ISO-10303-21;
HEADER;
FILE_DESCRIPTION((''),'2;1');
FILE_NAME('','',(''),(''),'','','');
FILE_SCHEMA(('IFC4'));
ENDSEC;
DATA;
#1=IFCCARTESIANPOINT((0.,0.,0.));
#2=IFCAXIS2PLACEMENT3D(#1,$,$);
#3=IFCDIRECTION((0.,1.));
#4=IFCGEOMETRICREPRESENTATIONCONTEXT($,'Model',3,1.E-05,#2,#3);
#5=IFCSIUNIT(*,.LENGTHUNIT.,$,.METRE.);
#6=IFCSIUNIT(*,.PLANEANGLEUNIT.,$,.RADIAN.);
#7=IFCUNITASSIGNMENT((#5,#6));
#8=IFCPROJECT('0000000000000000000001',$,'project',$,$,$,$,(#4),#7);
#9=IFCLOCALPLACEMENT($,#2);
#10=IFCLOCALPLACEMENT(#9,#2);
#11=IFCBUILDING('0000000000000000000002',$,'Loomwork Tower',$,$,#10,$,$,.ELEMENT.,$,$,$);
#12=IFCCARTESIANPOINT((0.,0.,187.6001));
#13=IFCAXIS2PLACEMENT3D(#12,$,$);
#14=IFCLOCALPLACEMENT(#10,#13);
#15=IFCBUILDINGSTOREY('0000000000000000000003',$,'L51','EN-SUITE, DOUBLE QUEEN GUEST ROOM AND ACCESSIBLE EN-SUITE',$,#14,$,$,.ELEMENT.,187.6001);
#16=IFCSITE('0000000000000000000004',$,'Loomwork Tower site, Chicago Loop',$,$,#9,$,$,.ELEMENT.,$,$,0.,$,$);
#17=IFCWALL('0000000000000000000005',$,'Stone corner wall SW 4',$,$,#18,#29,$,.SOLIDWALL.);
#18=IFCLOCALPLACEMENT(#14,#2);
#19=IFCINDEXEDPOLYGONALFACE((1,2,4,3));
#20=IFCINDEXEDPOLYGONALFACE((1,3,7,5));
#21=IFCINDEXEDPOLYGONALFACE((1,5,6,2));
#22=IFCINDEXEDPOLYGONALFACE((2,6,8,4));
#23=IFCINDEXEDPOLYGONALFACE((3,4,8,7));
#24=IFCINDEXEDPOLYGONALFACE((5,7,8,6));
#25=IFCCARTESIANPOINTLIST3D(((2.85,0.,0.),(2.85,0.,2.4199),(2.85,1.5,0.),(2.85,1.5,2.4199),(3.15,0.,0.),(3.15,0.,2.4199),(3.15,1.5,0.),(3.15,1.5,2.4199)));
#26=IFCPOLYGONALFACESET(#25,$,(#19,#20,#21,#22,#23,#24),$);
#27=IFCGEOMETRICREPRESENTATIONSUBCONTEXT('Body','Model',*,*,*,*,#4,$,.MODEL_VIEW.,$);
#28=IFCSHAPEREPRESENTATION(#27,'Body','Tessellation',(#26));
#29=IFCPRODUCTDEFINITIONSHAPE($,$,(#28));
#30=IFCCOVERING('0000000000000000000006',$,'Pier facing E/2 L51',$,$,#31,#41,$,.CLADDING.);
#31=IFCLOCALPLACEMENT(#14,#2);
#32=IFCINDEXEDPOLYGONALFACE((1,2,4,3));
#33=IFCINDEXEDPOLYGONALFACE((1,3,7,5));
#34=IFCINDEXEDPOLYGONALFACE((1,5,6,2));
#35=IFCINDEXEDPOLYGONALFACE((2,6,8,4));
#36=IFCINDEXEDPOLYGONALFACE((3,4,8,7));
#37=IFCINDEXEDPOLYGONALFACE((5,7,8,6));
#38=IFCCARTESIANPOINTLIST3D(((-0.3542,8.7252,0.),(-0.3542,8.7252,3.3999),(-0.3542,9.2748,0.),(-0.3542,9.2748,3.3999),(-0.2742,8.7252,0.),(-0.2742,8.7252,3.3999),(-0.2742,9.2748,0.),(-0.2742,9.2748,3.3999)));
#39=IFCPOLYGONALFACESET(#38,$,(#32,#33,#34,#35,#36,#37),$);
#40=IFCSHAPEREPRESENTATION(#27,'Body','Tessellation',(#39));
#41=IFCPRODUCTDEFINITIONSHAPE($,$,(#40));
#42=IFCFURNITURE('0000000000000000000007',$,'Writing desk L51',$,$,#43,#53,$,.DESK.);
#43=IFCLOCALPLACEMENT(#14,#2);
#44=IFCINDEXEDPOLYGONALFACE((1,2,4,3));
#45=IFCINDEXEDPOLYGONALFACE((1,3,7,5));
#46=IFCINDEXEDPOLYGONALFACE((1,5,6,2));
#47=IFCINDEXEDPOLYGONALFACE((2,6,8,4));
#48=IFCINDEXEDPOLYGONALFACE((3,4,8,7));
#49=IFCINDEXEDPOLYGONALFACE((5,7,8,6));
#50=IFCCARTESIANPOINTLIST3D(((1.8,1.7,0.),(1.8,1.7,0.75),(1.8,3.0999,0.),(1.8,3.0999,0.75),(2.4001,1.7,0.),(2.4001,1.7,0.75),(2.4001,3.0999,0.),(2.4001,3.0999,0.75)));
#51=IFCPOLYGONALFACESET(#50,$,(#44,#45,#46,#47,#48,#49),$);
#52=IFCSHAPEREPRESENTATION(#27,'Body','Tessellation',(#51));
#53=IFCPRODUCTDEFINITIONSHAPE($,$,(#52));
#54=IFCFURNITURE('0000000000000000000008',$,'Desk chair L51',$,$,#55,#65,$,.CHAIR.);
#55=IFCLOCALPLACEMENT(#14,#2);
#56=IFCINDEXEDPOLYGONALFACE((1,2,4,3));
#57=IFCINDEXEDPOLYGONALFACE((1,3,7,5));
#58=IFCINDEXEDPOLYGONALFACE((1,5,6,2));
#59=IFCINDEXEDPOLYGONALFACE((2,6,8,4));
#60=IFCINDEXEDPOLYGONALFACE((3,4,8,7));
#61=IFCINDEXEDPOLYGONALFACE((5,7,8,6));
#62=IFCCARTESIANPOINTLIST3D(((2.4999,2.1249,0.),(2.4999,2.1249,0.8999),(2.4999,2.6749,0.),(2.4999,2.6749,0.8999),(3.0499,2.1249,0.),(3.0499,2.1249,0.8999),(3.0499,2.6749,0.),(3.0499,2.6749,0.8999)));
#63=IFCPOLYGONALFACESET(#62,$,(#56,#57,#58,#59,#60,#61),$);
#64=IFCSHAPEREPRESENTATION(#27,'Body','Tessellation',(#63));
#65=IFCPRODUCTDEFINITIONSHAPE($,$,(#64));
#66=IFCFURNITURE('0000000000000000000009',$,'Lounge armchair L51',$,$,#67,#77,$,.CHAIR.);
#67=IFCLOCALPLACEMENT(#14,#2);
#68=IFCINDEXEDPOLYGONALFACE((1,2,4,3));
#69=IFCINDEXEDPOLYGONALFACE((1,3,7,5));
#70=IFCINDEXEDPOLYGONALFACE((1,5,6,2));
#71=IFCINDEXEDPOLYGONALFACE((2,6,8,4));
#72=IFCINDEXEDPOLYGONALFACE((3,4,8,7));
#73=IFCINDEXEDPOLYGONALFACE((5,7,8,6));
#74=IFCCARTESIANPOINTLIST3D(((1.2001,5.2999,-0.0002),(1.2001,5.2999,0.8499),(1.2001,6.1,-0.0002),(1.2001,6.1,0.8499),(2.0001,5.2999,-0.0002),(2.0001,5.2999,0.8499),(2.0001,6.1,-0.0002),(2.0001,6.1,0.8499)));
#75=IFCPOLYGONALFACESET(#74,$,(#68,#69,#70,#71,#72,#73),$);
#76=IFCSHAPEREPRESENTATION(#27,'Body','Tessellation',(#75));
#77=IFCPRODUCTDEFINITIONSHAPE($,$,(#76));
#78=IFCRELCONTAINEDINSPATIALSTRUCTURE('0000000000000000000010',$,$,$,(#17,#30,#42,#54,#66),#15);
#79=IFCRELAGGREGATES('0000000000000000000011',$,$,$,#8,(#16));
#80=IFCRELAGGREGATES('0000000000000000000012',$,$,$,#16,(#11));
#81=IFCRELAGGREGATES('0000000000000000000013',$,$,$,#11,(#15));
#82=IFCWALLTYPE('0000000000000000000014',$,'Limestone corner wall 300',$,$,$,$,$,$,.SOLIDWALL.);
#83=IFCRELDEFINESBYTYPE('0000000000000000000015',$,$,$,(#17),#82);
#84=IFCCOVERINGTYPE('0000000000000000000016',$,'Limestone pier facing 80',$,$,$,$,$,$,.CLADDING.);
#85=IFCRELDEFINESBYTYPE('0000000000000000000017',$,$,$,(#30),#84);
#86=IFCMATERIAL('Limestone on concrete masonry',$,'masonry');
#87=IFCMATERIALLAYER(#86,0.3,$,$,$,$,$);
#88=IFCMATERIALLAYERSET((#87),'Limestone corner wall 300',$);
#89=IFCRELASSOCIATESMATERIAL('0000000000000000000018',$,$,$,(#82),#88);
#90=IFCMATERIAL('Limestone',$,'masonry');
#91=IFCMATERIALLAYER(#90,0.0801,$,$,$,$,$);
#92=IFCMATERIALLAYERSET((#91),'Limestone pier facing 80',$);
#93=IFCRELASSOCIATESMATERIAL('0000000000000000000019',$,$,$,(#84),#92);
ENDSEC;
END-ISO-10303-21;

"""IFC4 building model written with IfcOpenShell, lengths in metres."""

from ifc_helpers import new_model, si_unit, direction, frame, frame_2d, origin, origin_2d, place, context, subcontext, project, spatial, rectangle, extrude, material, layer, layer_set, type_object, element, save


model = new_model("IFC4")

# Units and contexts
model_context = context("Model", 3, precision=1e-05, world=origin(), true_north=direction((0.0, 1.0)))
body_context = subcontext(model_context, "Body", "Model", "MODEL_VIEW")
ifc_project = project(units=[si_unit("LENGTHUNIT", "METRE"), si_unit("PLANEANGLEUNIT", "RADIAN")], contexts=[model_context])

# Site, building, storey
site_placement = place(None, origin())
site = spatial("IfcSite", under=ifc_project, at=site_placement, Name="Loomwork Tower site, Chicago Loop", CompositionType="ELEMENT", RefElevation=0.0)
building_placement = place(site_placement, origin())
building = spatial("IfcBuilding", under=site, at=building_placement, Name="Loomwork Tower", CompositionType="ELEMENT")
storey_placement = place(building_placement, frame((0.0, 0.0, 187.6001)))
storey = spatial("IfcBuildingStorey", under=building, at=storey_placement, Name="L51", Description="EN-SUITE, DOUBLE QUEEN GUEST ROOM AND ACCESSIBLE EN-SUITE", CompositionType="ELEMENT", Elevation=187.6001)

# Shared definitions
ifc_material_1 = material(Name="Limestone on concrete masonry", Category="masonry")
ifc_layer_1 = layer(ifc_material_1, 0.3)
ifc_layer_set_1 = layer_set([ifc_layer_1], Name="Limestone corner wall 300")
wall_type_1 = type_object("IfcWallType", Name="Limestone corner wall 300", PredefinedType="SOLIDWALL", material=ifc_layer_set_1)

# Wall
wall_1_placement = place(storey_placement, frame((3.0, 1.5, 0.0), z_axis=(0.0, 0.0, 1.0), x_axis=(0.0, -1.0, 0.0)))
element("IfcWall", 1, at=wall_1_placement, inside=storey, type_object=wall_type_1, Name="Stone corner wall SW 4", PredefinedType="SOLIDWALL", context=body_context, shape_type="SweptSolid", body=[
    extrude(rectangle(XDim=1.5, YDim=0.3, at=frame_2d((0.75, 0.0))), origin(), (0.0, 0.0, 1.0), 2.4199),
])

# Covering
ifc_material_2 = material(Name="Limestone", Category="masonry")
ifc_layer_2 = layer(ifc_material_2, 0.0801)
ifc_layer_set_2 = layer_set([ifc_layer_2], Name="Limestone pier facing 80")
covering_type = type_object("IfcCoveringType", Name="Limestone pier facing 80", PredefinedType="CLADDING", material=ifc_layer_set_2)
covering_placement = place(storey_placement, frame((-0.3142, 9.0, 0.0), z_axis=(0.0, 0.0, 1.0), x_axis=(1.0, 0.0, 0.0)))
element("IfcCovering", 2, at=covering_placement, inside=storey, type_object=covering_type, Name="Pier facing E/2 L51", PredefinedType="CLADDING", context=body_context, shape_type="SweptSolid", body=[
    extrude(rectangle(XDim=0.0801, YDim=0.5496, at=origin_2d()), origin(), (0.0, 0.0, 1.0), 3.3999),
])

# Furniture
furniture_1_placement = place(storey_placement, frame((2.1001, 2.3999, 0.0), z_axis=(0.0, 0.0, 1.0), x_axis=(1.0, 0.0, 0.0)))
element("IfcFurniture", 3, at=furniture_1_placement, inside=storey, Name="Writing desk L51", PredefinedType="DESK", context=body_context, shape_type="SweptSolid", body=[
    extrude(rectangle(XDim=0.6001, YDim=1.3999, at=origin_2d()), origin(), (0.0, 0.0, 1.0), 0.75),
])
furniture_2_placement = place(storey_placement, frame((2.7749, 2.3999, 0.0), z_axis=(0.0, 0.0, 1.0), x_axis=(1.0, 0.0, 0.0)))
element("IfcFurniture", 4, at=furniture_2_placement, inside=storey, Name="Desk chair L51", PredefinedType="CHAIR", context=body_context, shape_type="SweptSolid", body=[
    extrude(rectangle(XDim=0.55, YDim=0.55, at=origin_2d()), origin(), (0.0, 0.0, 1.0), 0.8999),
])
furniture_3_placement = place(storey_placement, frame((1.6001, 5.7, -0.0002), z_axis=(0.0, 0.0, 1.0), x_axis=(1.0, 0.0, 0.0)))
element("IfcFurniture", 5, at=furniture_3_placement, inside=storey, Name="Lounge armchair L51", PredefinedType="CHAIR", context=body_context, shape_type="SweptSolid", body=[
    extrude(rectangle(XDim=0.8, YDim=0.8, at=origin_2d()), origin(), (0.0, 0.0, 1.0), 0.8501),
])

save(model, "model.ifc")
